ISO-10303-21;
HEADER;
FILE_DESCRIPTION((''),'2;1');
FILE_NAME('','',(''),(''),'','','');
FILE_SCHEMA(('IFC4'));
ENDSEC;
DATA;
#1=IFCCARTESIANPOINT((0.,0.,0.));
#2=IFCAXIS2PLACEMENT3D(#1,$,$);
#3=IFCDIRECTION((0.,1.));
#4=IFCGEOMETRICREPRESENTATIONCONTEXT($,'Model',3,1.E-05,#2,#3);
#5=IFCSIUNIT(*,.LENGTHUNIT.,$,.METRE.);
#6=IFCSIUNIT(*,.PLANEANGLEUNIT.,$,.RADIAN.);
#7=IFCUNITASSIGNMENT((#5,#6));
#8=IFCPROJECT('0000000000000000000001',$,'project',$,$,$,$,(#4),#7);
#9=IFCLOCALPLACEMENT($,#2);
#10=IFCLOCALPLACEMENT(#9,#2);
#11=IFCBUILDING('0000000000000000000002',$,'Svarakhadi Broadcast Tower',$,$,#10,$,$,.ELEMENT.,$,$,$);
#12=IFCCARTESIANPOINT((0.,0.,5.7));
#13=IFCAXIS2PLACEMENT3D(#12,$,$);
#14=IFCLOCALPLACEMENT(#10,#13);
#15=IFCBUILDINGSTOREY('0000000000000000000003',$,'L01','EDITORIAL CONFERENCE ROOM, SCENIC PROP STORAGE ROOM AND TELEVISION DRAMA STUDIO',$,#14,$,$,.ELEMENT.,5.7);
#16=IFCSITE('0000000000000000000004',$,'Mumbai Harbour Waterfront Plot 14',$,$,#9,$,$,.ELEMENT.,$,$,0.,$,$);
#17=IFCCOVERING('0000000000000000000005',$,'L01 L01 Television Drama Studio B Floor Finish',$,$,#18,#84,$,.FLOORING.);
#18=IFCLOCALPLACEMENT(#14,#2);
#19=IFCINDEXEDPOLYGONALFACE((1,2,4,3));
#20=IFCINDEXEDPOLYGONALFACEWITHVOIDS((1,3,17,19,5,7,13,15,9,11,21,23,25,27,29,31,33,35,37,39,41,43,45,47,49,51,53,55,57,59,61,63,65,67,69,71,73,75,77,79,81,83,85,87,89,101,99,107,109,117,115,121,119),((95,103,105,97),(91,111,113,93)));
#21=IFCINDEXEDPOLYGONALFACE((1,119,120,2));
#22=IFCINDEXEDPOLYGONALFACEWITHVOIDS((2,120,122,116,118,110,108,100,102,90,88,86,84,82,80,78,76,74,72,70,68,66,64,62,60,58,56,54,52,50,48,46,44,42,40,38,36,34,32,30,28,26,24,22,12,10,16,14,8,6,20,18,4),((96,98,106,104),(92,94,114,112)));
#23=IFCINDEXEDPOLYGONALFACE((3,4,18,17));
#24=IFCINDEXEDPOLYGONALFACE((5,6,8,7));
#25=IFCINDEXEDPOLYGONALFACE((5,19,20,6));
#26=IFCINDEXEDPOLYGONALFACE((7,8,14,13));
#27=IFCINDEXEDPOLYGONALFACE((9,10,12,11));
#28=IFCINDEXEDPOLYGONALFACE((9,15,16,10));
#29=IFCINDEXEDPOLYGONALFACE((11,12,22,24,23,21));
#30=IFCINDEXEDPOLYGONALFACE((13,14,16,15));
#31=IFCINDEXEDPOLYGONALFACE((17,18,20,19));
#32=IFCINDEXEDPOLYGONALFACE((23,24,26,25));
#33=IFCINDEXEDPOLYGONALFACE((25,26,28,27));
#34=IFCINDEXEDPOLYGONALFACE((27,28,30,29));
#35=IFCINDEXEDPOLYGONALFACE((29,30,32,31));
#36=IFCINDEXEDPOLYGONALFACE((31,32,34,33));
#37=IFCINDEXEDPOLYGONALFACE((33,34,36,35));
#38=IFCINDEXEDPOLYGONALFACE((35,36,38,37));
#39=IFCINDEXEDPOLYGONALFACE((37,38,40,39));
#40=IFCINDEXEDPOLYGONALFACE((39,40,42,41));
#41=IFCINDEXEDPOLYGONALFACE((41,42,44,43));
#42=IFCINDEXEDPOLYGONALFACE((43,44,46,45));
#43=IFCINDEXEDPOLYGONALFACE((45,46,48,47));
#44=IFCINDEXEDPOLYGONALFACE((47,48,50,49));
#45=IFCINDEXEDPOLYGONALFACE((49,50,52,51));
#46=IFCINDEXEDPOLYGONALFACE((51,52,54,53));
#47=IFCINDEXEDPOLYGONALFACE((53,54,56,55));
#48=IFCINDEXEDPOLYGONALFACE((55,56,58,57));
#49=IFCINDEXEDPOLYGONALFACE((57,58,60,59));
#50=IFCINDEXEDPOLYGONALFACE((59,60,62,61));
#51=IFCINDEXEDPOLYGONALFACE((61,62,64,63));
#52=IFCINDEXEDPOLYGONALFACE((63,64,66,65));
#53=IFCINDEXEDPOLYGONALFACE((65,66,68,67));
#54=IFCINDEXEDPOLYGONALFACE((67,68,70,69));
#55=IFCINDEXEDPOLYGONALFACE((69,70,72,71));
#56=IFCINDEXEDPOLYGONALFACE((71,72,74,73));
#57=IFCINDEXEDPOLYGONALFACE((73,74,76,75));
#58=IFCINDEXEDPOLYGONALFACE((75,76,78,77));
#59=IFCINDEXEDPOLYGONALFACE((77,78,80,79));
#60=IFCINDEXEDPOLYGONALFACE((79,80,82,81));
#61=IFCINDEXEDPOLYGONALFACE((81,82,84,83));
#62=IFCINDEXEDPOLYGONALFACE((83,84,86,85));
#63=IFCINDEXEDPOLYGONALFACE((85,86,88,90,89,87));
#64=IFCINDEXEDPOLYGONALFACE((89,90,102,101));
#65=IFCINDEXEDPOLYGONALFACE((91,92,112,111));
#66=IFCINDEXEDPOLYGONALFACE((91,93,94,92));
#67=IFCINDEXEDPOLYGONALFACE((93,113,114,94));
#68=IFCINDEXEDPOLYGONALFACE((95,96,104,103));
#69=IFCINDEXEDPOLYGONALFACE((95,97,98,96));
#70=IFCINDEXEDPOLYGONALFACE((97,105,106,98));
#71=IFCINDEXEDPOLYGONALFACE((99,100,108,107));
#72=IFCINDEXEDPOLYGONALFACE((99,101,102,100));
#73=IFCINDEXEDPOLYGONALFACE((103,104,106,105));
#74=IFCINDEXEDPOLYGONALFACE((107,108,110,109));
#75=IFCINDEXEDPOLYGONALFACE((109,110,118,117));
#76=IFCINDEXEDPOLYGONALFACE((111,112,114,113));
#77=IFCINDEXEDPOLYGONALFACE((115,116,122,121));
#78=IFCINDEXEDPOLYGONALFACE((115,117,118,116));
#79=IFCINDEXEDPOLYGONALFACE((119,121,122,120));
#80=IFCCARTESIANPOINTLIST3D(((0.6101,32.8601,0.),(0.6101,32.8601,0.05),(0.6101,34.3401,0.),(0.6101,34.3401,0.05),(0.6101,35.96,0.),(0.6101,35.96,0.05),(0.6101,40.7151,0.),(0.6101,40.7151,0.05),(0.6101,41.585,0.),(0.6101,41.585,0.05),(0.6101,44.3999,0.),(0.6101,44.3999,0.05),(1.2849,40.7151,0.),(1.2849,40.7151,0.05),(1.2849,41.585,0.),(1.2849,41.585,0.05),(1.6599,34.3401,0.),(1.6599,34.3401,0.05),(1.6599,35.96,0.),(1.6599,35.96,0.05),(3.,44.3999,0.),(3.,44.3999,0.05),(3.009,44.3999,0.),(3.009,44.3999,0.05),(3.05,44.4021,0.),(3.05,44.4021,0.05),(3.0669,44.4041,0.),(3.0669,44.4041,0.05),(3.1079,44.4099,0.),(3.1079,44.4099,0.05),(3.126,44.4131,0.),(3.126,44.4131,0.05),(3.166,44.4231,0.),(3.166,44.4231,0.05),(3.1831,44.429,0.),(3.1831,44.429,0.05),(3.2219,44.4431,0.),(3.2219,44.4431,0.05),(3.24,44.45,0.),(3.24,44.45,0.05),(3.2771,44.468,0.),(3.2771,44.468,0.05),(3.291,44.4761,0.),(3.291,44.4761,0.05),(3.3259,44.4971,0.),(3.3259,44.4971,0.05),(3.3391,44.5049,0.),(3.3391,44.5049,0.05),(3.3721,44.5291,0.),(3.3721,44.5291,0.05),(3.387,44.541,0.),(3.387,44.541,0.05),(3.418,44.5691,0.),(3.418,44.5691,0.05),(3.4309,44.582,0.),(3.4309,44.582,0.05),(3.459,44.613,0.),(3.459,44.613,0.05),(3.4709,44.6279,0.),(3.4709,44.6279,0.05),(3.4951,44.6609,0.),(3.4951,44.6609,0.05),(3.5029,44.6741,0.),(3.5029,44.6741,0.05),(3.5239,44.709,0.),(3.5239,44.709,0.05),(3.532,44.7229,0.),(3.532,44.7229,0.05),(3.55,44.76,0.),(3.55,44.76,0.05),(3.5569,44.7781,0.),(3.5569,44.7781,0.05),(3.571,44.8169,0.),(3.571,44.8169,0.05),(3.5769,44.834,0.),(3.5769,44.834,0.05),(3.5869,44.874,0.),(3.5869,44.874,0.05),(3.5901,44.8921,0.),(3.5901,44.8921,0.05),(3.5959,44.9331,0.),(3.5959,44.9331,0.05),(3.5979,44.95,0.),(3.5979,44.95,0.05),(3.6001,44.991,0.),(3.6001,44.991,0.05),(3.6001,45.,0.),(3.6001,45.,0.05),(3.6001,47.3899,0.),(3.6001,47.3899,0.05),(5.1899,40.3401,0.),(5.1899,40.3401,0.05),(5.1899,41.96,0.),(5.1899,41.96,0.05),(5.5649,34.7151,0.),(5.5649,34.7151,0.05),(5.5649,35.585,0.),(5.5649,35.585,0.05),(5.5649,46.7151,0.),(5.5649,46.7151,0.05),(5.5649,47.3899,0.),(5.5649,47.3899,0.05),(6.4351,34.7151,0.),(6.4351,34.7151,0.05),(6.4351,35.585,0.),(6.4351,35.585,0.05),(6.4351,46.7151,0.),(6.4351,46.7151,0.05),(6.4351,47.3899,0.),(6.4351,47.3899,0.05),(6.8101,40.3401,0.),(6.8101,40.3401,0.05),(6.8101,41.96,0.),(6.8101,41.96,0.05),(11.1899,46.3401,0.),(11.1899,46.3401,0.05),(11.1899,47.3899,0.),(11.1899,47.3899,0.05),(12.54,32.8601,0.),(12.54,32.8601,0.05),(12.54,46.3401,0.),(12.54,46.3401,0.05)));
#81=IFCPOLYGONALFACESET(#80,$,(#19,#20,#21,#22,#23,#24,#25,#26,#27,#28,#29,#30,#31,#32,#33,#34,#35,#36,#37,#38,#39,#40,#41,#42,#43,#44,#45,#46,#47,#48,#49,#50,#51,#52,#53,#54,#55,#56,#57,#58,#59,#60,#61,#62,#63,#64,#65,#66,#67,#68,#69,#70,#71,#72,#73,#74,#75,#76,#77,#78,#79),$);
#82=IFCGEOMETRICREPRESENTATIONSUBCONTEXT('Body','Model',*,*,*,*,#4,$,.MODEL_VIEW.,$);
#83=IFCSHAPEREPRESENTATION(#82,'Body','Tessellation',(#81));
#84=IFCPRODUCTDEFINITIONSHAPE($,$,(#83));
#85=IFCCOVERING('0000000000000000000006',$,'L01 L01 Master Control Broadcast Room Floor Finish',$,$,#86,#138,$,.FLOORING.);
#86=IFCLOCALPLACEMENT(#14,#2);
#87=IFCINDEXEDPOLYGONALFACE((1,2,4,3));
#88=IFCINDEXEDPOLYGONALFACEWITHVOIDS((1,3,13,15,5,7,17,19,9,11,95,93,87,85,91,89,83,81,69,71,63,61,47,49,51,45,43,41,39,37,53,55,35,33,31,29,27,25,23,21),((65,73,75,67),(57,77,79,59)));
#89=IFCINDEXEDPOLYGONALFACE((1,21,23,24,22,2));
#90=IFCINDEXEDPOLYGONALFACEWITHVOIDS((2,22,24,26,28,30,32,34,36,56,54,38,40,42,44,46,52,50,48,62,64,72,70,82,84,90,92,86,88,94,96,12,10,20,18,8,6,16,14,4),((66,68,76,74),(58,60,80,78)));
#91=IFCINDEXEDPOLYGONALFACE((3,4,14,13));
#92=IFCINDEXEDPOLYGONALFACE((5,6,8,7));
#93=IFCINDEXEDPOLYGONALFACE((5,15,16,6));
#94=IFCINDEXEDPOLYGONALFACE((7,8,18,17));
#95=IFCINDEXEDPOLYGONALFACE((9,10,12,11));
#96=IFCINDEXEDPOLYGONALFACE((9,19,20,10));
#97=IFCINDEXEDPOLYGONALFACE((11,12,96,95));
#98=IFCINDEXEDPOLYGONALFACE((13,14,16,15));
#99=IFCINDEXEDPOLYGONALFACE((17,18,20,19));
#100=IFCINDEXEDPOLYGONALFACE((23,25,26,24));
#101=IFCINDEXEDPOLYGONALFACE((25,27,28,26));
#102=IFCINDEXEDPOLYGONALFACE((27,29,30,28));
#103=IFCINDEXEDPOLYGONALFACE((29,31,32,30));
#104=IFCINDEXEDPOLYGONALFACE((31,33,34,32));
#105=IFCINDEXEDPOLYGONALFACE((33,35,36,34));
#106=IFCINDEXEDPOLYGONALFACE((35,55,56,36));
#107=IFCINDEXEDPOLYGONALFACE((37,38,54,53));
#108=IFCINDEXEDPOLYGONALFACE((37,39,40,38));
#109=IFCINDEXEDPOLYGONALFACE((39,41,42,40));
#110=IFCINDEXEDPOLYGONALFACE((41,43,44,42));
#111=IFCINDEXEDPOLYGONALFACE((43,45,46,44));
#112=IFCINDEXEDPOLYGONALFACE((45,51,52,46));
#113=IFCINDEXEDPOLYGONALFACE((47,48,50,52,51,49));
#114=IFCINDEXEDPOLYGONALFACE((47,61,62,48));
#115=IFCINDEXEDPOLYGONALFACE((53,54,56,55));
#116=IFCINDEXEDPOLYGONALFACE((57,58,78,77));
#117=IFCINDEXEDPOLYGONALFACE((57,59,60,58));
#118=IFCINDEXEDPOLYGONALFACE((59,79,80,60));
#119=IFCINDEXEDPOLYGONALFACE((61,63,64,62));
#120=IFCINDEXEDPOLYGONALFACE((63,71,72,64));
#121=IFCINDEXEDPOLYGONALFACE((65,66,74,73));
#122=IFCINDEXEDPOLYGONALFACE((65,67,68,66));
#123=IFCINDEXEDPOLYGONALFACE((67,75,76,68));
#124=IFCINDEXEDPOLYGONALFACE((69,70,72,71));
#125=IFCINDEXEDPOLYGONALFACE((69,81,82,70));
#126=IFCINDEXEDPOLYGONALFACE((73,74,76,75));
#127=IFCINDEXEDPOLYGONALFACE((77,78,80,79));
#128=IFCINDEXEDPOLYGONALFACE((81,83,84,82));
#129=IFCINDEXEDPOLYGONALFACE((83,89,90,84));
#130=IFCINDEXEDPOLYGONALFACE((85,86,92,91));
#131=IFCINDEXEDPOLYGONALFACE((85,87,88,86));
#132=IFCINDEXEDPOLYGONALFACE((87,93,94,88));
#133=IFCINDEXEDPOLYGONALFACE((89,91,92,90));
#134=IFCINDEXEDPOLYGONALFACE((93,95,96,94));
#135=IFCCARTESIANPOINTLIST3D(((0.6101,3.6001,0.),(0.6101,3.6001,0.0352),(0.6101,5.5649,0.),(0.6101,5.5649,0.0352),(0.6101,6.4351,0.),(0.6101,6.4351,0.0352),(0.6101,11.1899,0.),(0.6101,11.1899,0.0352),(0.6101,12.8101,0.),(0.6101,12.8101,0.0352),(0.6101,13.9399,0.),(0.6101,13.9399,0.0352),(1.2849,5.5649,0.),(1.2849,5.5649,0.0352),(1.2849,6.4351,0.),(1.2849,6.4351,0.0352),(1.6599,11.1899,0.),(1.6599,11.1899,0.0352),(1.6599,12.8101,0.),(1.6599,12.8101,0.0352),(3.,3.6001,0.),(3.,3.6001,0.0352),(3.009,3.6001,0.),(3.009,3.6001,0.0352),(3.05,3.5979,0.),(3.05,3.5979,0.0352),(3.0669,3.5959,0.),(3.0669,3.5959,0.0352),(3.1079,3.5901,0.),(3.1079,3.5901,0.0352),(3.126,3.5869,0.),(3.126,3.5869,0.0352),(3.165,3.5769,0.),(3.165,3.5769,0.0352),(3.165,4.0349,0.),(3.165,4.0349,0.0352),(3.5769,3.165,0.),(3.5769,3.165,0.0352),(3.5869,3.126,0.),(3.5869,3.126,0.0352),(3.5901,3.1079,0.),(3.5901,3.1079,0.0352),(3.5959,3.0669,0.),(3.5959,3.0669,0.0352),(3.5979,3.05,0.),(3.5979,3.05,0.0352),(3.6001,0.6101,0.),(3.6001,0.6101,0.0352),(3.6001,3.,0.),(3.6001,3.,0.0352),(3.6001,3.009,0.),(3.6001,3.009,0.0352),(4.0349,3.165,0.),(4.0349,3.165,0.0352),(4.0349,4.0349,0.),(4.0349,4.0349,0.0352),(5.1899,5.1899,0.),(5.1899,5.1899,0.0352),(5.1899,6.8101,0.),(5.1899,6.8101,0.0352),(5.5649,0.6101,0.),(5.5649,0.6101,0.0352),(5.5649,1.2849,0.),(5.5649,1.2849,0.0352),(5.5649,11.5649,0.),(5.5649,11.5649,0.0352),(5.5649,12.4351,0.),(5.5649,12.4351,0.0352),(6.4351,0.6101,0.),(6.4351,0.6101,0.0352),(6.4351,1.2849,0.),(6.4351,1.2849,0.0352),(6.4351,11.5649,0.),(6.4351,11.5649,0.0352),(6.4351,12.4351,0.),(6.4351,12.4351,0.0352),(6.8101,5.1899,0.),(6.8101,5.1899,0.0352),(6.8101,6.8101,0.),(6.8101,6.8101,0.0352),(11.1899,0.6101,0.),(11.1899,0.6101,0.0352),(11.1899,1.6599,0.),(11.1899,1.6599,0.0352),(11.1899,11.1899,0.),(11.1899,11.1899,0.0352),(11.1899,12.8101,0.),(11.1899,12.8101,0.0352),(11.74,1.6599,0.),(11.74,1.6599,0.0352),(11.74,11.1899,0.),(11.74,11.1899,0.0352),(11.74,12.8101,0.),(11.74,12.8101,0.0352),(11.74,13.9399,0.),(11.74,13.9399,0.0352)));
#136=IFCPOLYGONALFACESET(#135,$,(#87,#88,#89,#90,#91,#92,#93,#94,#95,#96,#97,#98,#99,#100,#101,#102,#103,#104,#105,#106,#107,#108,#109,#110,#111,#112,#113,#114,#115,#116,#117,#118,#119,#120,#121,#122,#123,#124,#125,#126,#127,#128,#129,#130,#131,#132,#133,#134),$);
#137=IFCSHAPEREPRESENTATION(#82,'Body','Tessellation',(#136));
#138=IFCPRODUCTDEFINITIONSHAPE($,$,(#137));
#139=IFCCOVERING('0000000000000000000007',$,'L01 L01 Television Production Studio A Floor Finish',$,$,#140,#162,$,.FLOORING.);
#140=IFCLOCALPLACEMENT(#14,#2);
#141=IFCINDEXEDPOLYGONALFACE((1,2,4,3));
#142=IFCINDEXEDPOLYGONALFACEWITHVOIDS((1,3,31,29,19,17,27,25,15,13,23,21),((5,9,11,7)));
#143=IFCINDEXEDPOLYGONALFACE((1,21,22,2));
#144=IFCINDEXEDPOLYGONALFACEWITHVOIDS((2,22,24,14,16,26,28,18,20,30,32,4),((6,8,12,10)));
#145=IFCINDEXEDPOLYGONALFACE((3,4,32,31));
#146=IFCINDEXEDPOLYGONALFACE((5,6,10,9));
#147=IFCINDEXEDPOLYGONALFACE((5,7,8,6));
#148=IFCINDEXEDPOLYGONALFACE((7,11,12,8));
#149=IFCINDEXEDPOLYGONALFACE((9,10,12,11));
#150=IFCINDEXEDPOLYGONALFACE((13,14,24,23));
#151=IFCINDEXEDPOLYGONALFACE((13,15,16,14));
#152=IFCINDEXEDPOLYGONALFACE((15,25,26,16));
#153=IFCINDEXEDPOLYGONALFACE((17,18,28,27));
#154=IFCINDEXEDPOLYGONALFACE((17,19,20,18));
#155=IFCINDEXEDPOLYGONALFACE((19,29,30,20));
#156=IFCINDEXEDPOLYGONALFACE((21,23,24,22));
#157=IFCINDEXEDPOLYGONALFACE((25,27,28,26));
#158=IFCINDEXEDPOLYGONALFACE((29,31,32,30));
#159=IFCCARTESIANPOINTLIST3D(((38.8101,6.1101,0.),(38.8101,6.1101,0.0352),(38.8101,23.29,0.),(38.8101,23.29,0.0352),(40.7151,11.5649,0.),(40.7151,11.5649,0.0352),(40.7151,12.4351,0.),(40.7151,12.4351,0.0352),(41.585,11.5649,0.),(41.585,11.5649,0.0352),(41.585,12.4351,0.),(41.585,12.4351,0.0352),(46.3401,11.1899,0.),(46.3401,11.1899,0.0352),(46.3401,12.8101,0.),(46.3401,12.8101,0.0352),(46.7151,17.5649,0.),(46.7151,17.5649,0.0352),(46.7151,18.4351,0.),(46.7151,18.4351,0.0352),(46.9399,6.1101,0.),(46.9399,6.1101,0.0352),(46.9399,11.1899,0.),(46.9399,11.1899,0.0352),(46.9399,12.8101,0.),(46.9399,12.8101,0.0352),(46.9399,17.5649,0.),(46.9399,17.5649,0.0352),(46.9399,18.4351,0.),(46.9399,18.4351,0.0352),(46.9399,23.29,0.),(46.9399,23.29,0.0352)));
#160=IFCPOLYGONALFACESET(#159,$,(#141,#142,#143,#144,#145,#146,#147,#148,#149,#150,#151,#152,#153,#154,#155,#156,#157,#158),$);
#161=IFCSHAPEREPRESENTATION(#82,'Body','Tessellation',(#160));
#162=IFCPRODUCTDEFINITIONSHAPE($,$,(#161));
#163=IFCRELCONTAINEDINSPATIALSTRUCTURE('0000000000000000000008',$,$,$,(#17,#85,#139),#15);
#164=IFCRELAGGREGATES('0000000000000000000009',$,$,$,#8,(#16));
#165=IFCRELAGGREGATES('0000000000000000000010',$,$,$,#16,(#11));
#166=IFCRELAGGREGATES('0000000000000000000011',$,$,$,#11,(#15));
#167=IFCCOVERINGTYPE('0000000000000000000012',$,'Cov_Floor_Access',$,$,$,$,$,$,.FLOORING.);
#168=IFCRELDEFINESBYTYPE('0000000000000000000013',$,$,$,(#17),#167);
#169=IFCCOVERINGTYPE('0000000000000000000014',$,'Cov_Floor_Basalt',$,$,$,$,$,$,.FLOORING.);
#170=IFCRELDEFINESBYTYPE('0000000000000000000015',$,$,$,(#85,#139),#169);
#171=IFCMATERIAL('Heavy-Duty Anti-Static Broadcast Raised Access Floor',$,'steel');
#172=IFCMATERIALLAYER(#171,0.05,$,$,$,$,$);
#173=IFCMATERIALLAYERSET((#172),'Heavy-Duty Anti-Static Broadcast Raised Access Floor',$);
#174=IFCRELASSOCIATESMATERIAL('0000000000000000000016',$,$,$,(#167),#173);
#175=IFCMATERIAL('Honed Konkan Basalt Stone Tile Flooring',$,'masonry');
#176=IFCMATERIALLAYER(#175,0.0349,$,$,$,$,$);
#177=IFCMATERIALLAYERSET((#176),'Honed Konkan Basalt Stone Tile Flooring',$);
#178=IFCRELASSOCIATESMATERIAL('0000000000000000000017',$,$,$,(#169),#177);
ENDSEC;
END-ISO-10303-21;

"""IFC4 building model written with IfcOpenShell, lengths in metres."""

from ifc_helpers import new_model, si_unit, direction, frame, origin, place, context, subcontext, project, spatial, polyline, outline, extrude, material, layer, layer_set, type_object, element, save


model = new_model("IFC4")

# Units and contexts
model_context = context("Model", 3, precision=1e-05, world=origin(), true_north=direction((0.0, 1.0)))
body_context = subcontext(model_context, "Body", "Model", "MODEL_VIEW")
ifc_project = project(units=[si_unit("LENGTHUNIT", "METRE"), si_unit("PLANEANGLEUNIT", "RADIAN")], contexts=[model_context])

# Site, building, storey
site_placement = place(None, origin())
site = spatial("IfcSite", under=ifc_project, at=site_placement, Name="Mumbai Harbour Waterfront Plot 14", CompositionType="ELEMENT", RefElevation=0.0)
building_placement = place(site_placement, origin())
building = spatial("IfcBuilding", under=site, at=building_placement, Name="Svarakhadi Broadcast Tower", CompositionType="ELEMENT")
storey_placement = place(building_placement, frame((0.0, 0.0, 5.7)))
storey = spatial("IfcBuildingStorey", under=building, at=storey_placement, Name="L01", Description="EDITORIAL CONFERENCE ROOM, SCENIC PROP STORAGE ROOM AND TELEVISION DRAMA STUDIO", CompositionType="ELEMENT", Elevation=5.7)

# Coverings
ifc_material_1 = material(Name="Heavy-Duty Anti-Static Broadcast Raised Access Floor", Category="steel")
ifc_layer_1 = layer(ifc_material_1, 0.05)
ifc_layer_set_1 = layer_set([ifc_layer_1], Name="Heavy-Duty Anti-Static Broadcast Raised Access Floor")
covering_type_1 = type_object("IfcCoveringType", Name="Cov_Floor_Access", PredefinedType="FLOORING", material=ifc_layer_set_1)
covering_1_placement = place(storey_placement, origin())
element("IfcCovering", 1, at=covering_1_placement, inside=storey, type_object=covering_type_1, Name="L01 L01 Television Drama Studio B Floor Finish", PredefinedType="FLOORING", context=body_context, shape_type="SweptSolid", body=[
    extrude(outline(polyline([(0.6101, 32.8601), (0.6101, 34.3401), (1.6599, 34.3401), (1.6599, 35.96), (0.6101, 35.96), (0.6101, 40.7151), (1.2849, 40.7151), (1.2849, 41.585), (0.6101, 41.585), (0.6101, 44.3999), (3.0, 44.3999), (3.009, 44.3999), (3.05, 44.4021), (3.0669, 44.4041), (3.1079, 44.4099), (3.126, 44.4131), (3.166, 44.4231), (3.1831, 44.429), (3.2219, 44.4431), (3.24, 44.45), (3.2771, 44.468), (3.291, 44.4761), (3.3259, 44.4971), (3.3391, 44.5049), (3.3721, 44.5291), (3.387, 44.541), (3.418, 44.5691), (3.4309, 44.582), (3.459, 44.613), (3.4709, 44.6279), (3.4951, 44.6609), (3.5029, 44.6741), (3.5239, 44.709), (3.532, 44.7229), (3.55, 44.76), (3.5569, 44.7781), (3.571, 44.8169), (3.5769, 44.834), (3.5869, 44.874), (3.5901, 44.8921), (3.5959, 44.9331), (3.5979, 44.95), (3.6001, 44.991), (3.6001, 45.0), (3.6001, 47.3899), (5.5649, 47.3899), (5.5649, 46.7151), (6.4351, 46.7151), (6.4351, 47.3899), (11.1899, 47.3899), (11.1899, 46.3401), (12.54, 46.3401), (12.54, 32.8601), (0.6101, 32.8601)]), holes=[polyline([(5.5649, 34.7151), (6.4351, 34.7151), (6.4351, 35.585), (5.5649, 35.585), (5.5649, 34.7151)]), polyline([(5.1899, 40.3401), (6.8101, 40.3401), (6.8101, 41.96), (5.1899, 41.96), (5.1899, 40.3401)])]), origin(), (0.0, 0.0, 1.0), 0.05),
])
ifc_material_2 = material(Name="Honed Konkan Basalt Stone Tile Flooring", Category="masonry")
ifc_layer_2 = layer(ifc_material_2, 0.0349)
ifc_layer_set_2 = layer_set([ifc_layer_2], Name="Honed Konkan Basalt Stone Tile Flooring")
covering_type_2 = type_object("IfcCoveringType", Name="Cov_Floor_Basalt", PredefinedType="FLOORING", material=ifc_layer_set_2)
covering_2_placement = place(storey_placement, origin())
element("IfcCovering", 2, at=covering_2_placement, inside=storey, type_object=covering_type_2, Name="L01 L01 Master Control Broadcast Room Floor Finish", PredefinedType="FLOORING", context=body_context, shape_type="SweptSolid", body=[
    extrude(outline(polyline([(11.74, 12.8101), (11.1899, 12.8101), (11.1899, 11.1899), (11.74, 11.1899), (11.74, 1.6599), (11.1899, 1.6599), (11.1899, 0.6101), (6.4351, 0.6101), (6.4351, 1.2849), (5.5649, 1.2849), (5.5649, 0.6101), (3.6001, 0.6101), (3.6001, 3.0), (3.6001, 3.009), (3.5979, 3.05), (3.5959, 3.0669), (3.5901, 3.1079), (3.5869, 3.126), (3.5769, 3.165), (4.0349, 3.165), (4.0349, 4.0349), (3.165, 4.0349), (3.165, 3.5769), (3.126, 3.5869), (3.1079, 3.5901), (3.0669, 3.5959), (3.05, 3.5979), (3.009, 3.6001), (3.0, 3.6001), (0.6101, 3.6001), (0.6101, 5.5649), (1.2849, 5.5649), (1.2849, 6.4351), (0.6101, 6.4351), (0.6101, 11.1899), (1.6599, 11.1899), (1.6599, 12.8101), (0.6101, 12.8101), (0.6101, 13.9399), (11.74, 13.9399), (11.74, 12.8101)]), holes=[polyline([(5.1899, 5.1899), (6.8101, 5.1899), (6.8101, 6.8101), (5.1899, 6.8101), (5.1899, 5.1899)]), polyline([(5.5649, 11.5649), (6.4351, 11.5649), (6.4351, 12.4351), (5.5649, 12.4351), (5.5649, 11.5649)])]), origin(), (0.0, 0.0, 1.0), 0.0352),
])
covering_3_placement = place(storey_placement, origin())
element("IfcCovering", 3, at=covering_3_placement, inside=storey, type_object=covering_type_2, Name="L01 L01 Television Production Studio A Floor Finish", PredefinedType="FLOORING", context=body_context, shape_type="SweptSolid", body=[
    extrude(outline(polyline([(46.9399, 23.29), (46.9399, 18.4351), (46.7151, 18.4351), (46.7151, 17.5649), (46.9399, 17.5649), (46.9399, 12.8101), (46.3401, 12.8101), (46.3401, 11.1899), (46.9399, 11.1899), (46.9399, 6.1101), (38.8101, 6.1101), (38.8101, 23.29), (46.9399, 23.29)]), holes=[polyline([(40.7151, 11.5649), (41.585, 11.5649), (41.585, 12.4351), (40.7151, 12.4351), (40.7151, 11.5649)])]), origin(), (0.0, 0.0, 1.0), 0.0352),
])

save(model, "model.ifc")
